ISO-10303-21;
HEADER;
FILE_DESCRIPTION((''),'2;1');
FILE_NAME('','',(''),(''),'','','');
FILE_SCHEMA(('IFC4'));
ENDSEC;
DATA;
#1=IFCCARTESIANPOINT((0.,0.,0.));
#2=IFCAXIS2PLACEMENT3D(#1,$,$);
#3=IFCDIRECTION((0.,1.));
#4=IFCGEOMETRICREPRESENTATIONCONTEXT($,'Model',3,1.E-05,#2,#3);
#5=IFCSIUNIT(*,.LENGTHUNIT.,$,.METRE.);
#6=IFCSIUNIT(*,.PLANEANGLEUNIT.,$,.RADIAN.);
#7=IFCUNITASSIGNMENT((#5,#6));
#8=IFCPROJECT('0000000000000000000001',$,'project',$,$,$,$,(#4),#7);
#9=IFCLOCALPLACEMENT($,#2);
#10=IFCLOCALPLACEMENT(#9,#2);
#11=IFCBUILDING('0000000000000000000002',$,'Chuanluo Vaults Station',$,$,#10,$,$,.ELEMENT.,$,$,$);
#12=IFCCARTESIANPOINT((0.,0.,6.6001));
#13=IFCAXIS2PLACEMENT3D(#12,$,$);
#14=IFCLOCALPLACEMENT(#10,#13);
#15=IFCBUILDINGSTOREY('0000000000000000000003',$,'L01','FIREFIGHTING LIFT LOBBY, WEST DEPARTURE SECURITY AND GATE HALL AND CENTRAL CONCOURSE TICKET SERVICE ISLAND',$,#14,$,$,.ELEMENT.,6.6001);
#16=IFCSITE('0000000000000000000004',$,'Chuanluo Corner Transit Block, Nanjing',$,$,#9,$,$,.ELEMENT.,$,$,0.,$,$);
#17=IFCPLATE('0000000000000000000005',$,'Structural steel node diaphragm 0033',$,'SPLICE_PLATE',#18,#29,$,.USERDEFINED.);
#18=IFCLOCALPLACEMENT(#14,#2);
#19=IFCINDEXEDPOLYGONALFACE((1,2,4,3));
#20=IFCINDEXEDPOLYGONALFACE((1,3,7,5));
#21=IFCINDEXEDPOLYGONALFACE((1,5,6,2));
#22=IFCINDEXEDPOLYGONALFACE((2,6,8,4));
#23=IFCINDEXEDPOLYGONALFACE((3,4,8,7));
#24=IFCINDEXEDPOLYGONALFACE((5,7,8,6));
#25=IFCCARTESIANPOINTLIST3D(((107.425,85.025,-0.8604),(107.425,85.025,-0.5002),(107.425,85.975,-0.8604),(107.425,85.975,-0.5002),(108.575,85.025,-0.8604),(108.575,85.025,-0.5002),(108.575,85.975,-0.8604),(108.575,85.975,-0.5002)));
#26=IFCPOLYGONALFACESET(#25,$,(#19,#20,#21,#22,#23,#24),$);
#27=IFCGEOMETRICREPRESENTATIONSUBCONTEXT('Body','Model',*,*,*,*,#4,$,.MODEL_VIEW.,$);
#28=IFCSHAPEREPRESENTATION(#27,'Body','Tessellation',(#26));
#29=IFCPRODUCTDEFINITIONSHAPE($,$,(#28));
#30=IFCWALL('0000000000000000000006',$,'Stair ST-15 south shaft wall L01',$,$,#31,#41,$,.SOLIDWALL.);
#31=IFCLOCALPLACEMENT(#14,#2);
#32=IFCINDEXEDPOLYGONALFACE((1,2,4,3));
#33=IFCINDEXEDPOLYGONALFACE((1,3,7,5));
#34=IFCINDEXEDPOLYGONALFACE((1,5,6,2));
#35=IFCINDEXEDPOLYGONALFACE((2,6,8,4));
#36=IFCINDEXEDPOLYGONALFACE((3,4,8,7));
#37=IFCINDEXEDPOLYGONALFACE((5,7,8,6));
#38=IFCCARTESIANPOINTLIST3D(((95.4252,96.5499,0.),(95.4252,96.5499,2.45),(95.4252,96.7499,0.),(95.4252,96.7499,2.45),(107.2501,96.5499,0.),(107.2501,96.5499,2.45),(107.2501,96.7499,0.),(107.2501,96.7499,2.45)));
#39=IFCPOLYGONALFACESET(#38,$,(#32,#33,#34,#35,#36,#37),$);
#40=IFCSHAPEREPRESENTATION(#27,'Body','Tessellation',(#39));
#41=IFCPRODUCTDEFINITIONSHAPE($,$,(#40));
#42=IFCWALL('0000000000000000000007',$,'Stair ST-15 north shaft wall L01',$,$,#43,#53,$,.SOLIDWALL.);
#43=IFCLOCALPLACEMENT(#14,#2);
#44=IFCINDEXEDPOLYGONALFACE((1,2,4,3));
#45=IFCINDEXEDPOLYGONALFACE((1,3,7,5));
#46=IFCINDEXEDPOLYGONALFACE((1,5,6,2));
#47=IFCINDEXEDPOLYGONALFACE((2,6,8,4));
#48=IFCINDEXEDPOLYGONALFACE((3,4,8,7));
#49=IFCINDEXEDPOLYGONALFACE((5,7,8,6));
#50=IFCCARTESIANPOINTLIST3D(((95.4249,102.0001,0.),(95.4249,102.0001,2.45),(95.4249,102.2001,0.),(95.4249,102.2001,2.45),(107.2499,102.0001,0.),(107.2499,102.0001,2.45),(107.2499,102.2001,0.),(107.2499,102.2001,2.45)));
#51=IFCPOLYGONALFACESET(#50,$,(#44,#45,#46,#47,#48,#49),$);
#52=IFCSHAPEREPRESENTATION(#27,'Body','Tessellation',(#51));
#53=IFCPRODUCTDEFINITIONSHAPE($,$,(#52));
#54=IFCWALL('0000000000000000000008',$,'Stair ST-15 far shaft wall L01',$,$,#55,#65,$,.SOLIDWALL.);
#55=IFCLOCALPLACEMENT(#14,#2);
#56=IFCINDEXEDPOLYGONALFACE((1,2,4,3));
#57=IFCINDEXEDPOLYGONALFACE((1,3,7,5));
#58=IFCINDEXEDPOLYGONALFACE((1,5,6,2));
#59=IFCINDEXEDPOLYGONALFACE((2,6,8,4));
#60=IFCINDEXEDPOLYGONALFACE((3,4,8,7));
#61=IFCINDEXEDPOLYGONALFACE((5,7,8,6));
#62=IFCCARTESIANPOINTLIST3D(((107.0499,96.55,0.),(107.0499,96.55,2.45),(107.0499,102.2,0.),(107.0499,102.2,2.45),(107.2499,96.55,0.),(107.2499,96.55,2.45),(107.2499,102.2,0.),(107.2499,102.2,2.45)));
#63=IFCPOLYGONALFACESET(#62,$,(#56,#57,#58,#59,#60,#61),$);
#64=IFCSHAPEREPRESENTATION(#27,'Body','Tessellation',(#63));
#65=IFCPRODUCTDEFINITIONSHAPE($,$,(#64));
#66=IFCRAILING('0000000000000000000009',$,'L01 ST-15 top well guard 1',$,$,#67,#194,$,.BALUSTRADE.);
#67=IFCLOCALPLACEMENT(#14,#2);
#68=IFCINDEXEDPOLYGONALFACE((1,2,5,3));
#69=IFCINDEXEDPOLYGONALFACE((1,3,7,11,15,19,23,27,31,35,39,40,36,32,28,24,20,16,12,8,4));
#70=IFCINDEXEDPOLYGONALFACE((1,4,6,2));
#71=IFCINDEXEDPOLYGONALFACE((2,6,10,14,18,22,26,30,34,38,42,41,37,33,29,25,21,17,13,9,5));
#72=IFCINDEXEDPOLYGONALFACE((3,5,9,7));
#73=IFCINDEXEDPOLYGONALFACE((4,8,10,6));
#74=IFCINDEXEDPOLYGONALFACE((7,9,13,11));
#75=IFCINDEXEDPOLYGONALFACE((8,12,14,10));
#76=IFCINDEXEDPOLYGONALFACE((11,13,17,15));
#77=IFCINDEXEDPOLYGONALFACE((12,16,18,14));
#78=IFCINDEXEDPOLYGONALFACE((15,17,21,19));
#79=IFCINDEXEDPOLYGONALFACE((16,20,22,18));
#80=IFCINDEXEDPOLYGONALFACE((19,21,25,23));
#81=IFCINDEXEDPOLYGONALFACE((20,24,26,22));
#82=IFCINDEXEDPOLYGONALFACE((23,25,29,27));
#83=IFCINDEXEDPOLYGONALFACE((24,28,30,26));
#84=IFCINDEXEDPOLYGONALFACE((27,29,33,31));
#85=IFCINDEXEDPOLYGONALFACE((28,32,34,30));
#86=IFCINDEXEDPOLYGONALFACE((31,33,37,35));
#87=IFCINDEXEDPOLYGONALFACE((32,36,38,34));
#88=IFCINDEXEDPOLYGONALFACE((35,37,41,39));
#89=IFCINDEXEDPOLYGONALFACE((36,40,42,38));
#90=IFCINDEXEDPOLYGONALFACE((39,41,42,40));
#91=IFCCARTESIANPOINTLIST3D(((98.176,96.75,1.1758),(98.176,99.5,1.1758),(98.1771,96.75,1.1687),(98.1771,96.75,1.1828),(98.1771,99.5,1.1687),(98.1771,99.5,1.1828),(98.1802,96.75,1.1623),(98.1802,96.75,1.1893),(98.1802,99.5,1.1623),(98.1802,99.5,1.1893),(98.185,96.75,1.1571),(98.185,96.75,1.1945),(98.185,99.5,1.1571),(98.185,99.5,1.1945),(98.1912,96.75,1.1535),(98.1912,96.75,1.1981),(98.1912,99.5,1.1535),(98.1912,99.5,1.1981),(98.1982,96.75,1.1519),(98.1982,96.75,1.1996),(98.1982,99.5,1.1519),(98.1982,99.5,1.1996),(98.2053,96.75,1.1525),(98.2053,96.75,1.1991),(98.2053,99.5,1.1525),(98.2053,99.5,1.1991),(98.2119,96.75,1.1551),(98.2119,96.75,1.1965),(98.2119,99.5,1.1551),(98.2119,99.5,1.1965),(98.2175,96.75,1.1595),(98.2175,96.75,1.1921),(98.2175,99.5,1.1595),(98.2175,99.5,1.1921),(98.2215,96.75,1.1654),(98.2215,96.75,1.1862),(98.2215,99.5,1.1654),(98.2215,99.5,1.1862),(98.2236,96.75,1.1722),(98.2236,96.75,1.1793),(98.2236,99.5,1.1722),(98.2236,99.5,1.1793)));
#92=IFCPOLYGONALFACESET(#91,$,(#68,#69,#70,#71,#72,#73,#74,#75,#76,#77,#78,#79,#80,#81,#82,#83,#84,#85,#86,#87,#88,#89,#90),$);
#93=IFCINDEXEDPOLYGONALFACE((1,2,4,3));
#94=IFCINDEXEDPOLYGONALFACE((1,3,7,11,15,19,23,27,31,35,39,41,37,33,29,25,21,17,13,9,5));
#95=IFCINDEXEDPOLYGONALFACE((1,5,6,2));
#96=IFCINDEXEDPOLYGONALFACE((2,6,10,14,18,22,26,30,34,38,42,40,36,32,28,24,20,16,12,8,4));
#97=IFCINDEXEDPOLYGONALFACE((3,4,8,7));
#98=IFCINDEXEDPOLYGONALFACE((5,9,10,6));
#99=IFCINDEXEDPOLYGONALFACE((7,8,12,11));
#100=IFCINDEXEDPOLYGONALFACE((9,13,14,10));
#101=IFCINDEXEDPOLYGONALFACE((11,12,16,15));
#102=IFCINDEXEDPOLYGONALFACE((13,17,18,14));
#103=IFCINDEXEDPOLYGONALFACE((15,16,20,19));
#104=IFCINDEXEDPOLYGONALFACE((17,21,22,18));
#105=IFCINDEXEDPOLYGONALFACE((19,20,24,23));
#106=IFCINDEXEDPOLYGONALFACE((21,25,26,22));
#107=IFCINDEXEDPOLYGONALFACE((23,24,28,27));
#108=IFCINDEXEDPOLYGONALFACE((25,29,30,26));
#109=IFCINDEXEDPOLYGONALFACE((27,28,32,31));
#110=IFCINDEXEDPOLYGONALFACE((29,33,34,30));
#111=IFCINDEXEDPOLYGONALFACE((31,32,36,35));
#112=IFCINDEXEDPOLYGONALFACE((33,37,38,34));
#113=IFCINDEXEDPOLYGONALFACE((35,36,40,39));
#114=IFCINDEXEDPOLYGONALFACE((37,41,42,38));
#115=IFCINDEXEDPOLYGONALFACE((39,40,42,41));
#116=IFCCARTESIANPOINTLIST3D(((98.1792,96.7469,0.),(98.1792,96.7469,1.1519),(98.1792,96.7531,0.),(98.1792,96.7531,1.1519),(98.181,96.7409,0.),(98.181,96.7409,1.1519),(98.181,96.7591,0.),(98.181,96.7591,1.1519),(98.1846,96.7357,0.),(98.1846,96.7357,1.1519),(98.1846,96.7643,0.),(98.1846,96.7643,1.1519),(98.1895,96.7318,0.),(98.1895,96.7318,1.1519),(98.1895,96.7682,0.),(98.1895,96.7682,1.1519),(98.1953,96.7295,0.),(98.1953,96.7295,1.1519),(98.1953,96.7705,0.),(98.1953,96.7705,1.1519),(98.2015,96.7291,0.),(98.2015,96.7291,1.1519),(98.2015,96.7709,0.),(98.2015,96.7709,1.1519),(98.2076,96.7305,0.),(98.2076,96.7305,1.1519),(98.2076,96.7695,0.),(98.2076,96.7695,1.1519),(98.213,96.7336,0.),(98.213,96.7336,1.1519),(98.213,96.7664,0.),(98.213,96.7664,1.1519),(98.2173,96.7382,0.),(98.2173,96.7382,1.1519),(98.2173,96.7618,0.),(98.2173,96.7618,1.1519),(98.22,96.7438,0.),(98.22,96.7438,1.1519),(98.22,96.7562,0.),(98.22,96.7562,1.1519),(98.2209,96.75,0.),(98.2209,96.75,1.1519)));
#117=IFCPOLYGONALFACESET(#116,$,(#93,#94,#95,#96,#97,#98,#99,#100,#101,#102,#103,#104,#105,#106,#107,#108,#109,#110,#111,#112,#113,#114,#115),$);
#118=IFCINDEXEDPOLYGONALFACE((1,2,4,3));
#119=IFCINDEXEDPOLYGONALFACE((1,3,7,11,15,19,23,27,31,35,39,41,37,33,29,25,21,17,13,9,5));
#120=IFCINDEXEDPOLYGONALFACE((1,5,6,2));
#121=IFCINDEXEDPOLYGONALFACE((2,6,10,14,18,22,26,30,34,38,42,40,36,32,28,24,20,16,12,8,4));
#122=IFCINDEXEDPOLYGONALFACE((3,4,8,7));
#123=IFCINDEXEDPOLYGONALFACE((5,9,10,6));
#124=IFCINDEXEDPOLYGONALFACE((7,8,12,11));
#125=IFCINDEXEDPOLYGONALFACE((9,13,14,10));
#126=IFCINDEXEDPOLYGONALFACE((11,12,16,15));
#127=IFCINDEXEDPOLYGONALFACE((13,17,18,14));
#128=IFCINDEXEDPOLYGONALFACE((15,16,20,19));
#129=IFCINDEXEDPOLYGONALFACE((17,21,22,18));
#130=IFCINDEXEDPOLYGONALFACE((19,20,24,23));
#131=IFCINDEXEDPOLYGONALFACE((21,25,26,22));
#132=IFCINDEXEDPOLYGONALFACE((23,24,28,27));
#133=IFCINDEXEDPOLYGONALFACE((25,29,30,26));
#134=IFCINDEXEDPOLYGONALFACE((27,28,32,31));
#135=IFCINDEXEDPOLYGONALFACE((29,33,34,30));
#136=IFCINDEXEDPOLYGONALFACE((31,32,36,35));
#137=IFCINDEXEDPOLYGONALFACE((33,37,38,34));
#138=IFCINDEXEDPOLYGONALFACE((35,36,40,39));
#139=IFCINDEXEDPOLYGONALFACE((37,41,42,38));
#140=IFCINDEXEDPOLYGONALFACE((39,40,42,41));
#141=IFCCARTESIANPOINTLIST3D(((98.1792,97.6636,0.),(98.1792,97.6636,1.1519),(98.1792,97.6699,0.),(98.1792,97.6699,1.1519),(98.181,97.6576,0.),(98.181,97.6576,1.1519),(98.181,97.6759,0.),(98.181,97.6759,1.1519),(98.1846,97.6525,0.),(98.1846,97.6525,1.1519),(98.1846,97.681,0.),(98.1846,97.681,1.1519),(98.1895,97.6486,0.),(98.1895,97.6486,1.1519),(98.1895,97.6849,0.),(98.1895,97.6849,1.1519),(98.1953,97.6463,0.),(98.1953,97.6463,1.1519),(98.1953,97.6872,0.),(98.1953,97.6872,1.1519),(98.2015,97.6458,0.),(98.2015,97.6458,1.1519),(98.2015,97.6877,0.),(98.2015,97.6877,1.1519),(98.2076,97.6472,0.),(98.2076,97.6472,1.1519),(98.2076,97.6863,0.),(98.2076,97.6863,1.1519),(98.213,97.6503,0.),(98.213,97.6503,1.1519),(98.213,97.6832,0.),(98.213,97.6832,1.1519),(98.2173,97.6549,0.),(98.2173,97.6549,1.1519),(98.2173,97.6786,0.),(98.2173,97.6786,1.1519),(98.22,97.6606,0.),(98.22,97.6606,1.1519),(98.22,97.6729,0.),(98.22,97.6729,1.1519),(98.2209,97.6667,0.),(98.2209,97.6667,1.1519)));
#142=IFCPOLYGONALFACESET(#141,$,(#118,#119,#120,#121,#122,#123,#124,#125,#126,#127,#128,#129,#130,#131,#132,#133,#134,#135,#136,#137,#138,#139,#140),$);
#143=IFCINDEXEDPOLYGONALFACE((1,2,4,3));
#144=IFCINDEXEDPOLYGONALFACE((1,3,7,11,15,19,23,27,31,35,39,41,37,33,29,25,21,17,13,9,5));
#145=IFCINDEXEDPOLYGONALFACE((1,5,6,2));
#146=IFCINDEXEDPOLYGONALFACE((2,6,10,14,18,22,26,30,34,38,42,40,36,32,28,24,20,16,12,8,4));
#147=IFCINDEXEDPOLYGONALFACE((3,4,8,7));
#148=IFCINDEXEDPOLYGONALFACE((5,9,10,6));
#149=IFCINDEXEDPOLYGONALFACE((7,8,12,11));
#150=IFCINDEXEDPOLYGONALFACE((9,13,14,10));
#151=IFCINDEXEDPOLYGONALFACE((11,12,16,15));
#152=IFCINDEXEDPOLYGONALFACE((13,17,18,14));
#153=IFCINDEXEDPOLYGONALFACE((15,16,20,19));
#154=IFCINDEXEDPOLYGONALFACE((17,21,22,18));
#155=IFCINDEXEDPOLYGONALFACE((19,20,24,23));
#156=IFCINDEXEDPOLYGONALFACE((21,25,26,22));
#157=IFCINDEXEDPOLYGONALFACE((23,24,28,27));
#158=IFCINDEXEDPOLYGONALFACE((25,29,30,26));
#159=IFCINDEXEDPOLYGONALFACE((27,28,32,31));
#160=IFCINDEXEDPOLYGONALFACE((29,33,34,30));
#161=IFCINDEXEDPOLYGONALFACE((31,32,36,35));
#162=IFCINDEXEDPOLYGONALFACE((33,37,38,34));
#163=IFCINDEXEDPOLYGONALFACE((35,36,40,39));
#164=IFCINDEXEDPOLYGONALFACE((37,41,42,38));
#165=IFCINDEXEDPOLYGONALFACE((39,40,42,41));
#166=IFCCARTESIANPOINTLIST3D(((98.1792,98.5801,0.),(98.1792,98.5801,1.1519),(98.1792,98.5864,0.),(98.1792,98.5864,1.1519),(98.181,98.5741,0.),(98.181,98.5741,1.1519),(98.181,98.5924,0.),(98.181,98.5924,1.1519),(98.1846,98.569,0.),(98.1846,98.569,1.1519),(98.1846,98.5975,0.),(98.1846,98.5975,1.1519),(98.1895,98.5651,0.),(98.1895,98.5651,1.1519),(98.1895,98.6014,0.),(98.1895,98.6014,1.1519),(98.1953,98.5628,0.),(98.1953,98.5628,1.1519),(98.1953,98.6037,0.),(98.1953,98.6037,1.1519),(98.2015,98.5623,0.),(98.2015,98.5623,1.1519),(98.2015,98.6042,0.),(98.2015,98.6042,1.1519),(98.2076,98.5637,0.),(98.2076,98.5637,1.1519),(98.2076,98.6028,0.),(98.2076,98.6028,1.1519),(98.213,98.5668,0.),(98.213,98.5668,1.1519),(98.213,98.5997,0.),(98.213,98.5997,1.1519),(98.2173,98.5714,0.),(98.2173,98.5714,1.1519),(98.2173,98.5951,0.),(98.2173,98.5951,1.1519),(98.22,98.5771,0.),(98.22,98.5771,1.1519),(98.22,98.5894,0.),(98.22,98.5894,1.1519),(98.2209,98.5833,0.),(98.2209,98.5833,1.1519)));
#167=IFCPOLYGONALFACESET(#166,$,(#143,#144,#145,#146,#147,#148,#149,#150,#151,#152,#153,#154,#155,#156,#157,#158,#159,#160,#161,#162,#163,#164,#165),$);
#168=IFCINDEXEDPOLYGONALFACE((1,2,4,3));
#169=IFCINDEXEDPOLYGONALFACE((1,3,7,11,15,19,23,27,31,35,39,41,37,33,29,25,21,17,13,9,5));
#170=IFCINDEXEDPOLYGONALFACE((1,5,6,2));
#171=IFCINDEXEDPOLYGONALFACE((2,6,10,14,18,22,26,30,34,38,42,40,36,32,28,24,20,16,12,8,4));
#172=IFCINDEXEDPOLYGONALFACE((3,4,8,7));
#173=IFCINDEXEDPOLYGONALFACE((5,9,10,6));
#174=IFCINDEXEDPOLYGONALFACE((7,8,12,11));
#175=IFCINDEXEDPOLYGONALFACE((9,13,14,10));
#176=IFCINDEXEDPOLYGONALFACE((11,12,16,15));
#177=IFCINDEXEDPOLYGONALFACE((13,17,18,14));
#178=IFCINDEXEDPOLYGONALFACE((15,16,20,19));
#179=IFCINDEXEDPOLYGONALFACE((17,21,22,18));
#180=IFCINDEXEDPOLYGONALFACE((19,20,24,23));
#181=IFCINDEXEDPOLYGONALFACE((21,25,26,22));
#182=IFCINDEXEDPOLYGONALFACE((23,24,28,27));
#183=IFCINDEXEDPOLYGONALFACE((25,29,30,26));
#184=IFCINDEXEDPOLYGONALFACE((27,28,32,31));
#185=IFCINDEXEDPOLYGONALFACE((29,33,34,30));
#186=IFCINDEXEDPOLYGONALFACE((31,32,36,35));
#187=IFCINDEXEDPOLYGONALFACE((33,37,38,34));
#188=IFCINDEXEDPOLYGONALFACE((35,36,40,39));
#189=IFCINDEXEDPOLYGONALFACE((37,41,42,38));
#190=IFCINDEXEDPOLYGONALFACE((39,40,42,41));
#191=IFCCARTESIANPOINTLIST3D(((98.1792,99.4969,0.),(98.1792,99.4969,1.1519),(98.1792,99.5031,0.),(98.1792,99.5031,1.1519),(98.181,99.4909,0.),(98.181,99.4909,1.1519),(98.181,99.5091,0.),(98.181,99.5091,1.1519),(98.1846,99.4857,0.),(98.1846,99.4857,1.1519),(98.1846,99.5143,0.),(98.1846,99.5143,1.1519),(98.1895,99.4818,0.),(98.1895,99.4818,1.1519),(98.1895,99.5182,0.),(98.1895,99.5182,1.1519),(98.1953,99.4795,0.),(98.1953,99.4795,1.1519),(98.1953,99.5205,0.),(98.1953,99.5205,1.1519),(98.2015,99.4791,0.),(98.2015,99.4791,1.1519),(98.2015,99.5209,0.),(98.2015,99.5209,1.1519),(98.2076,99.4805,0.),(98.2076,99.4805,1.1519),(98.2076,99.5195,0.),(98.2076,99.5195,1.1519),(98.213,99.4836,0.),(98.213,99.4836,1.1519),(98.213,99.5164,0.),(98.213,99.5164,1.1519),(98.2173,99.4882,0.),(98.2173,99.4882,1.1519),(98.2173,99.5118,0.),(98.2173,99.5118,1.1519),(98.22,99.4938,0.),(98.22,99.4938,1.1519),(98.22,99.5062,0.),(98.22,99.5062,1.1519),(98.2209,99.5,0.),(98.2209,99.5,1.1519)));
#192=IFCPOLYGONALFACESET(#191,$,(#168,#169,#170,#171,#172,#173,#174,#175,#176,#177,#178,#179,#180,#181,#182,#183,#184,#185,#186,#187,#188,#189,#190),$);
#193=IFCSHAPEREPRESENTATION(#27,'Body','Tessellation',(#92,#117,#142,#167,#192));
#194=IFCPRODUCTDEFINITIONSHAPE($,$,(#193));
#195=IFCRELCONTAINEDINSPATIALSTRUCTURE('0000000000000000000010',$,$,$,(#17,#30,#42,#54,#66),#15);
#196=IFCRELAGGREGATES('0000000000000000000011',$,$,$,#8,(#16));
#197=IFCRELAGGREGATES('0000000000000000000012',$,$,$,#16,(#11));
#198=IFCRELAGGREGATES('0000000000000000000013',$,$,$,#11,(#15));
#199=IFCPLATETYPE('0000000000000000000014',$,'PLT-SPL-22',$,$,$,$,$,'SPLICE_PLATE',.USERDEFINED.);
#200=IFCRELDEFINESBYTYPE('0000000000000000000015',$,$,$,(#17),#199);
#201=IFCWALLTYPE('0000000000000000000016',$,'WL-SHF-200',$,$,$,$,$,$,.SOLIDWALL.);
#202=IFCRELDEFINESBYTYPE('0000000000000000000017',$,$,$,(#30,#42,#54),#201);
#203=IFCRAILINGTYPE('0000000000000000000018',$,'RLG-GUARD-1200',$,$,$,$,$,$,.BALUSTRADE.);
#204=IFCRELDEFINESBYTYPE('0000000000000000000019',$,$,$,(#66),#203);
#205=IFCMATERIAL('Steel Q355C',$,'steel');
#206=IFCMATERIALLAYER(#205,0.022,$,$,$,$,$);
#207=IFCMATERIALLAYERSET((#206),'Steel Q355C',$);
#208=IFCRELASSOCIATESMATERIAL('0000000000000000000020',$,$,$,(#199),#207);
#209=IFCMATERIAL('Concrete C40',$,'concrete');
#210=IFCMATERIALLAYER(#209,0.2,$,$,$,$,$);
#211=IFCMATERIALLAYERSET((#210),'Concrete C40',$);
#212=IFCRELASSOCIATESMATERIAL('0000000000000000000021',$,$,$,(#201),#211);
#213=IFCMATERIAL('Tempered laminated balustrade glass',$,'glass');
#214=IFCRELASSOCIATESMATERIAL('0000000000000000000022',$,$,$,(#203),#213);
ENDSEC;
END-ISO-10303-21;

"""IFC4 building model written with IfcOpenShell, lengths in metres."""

from ifc_helpers import new_model, si_unit, direction, frame, frame_2d, origin, origin_2d, place, context, subcontext, project, spatial, rectangle, circle, extrude, material, layer, layer_set, type_object, element, save


model = new_model("IFC4")

# Units and contexts
model_context = context("Model", 3, precision=1e-05, world=origin(), true_north=direction((0.0, 1.0)))
body_context = subcontext(model_context, "Body", "Model", "MODEL_VIEW")
ifc_project = project(units=[si_unit("LENGTHUNIT", "METRE"), si_unit("PLANEANGLEUNIT", "RADIAN")], contexts=[model_context])

# Site, building, storey
site_placement = place(None, origin())
site = spatial("IfcSite", under=ifc_project, at=site_placement, Name="Chuanluo Corner Transit Block, Nanjing", CompositionType="ELEMENT", RefElevation=0.0)
building_placement = place(site_placement, origin())
building = spatial("IfcBuilding", under=site, at=building_placement, Name="Chuanluo Vaults Station", CompositionType="ELEMENT")
storey_placement = place(building_placement, frame((0.0, 0.0, 6.6001)))
storey = spatial("IfcBuildingStorey", under=building, at=storey_placement, Name="L01", Description="FIREFIGHTING LIFT LOBBY, WEST DEPARTURE SECURITY AND GATE HALL AND CENTRAL CONCOURSE TICKET SERVICE ISLAND", CompositionType="ELEMENT", Elevation=6.6001)

# Plate
ifc_material_1 = material(Name="Steel Q355C", Category="steel")
ifc_layer_1 = layer(ifc_material_1, 0.022)
ifc_layer_set_1 = layer_set([ifc_layer_1], Name="Steel Q355C")
plate_type_1 = type_object("IfcPlateType", Name="PLT-SPL-22", ElementType="SPLICE_PLATE", PredefinedType="USERDEFINED", material=ifc_layer_set_1)
plate_placement = place(storey_placement, frame((108.0, 85.5, -0.8604), z_axis=(0.0, 0.0, 1.0), x_axis=(1.0, 0.0, 0.0)))
element("IfcPlate", 1, at=plate_placement, inside=storey, type_object=plate_type_1, Name="Structural steel node diaphragm 0033", ObjectType="SPLICE_PLATE", PredefinedType="USERDEFINED", context=body_context, shape_type="SweptSolid", body=[
    extrude(rectangle(XDim=1.1499, YDim=0.95, at=origin_2d()), origin(), (0.0, 0.0, 1.0), 0.3601),
])

# Walls
ifc_material_2 = material(Name="Concrete C40", Category="concrete")
ifc_layer_2 = layer(ifc_material_2, 0.2)
ifc_layer_set_2 = layer_set([ifc_layer_2], Name="Concrete C40")
wall_type = type_object("IfcWallType", Name="WL-SHF-200", PredefinedType="SOLIDWALL", material=ifc_layer_set_2)
for number, where, z_axis, x_axis, name in (
    (2, (95.425, 96.6499, 0.0), (0.0, 0.0, 1.0), (1.0, 0.0, 0.0), "Stair ST-15 south shaft wall L01"),
    (3, (107.25, 102.1001, 0.0), (0.0, 0.0, 1.0), (-1.0, 0.0, 0.0), "Stair ST-15 north shaft wall L01"),
):
    element("IfcWall", number, at=place(storey_placement, frame(where, z_axis=z_axis, x_axis=x_axis)), inside=storey, type_object=wall_type, Name=name, PredefinedType="SOLIDWALL", context=body_context, shape_type="SweptSolid", body=[
        extrude(rectangle(XDim=11.825, YDim=0.2, at=frame_2d((5.9126, 0.0))), origin(), (0.0, 0.0, 1.0), 2.45),
    ])
wall_1_placement = place(storey_placement, frame((107.1499, 96.55, 0.0), z_axis=(0.0, 0.0, 1.0), x_axis=(0.0, 1.0, 0.0)))
element("IfcWall", 4, at=wall_1_placement, inside=storey, type_object=wall_type, Name="Stair ST-15 far shaft wall L01", PredefinedType="SOLIDWALL", context=body_context, shape_type="SweptSolid", body=[
    extrude(rectangle(XDim=5.6499, YDim=0.2, at=frame_2d((2.825, 0.0))), origin(), (0.0, 0.0, 1.0), 2.45),
])

# Railing
ifc_material_3 = material(Name="Tempered laminated balustrade glass", Category="glass")
railing_type = type_object("IfcRailingType", Name="RLG-GUARD-1200", PredefinedType="BALUSTRADE", material=ifc_material_3)
railing_placement = place(storey_placement, frame((98.2, 96.75, 0.0)))
element("IfcRailing", 5, at=railing_placement, inside=storey, type_object=railing_type, Name="L01 ST-15 top well guard 1", PredefinedType="BALUSTRADE", context=body_context, shape_type="SweptSolid", body=[
    extrude(circle(Radius=0.0239, at=origin_2d()), frame((0.0, 0.0, 1.1758), z_axis=(0.0, 1.0, 0.0), x_axis=(-1.0, 0.0, 0.0)), (0.0, 0.0, 1.0), 2.75),
    extrude(circle(Radius=0.021, at=origin_2d()), origin(), (0.0, 0.0, 1.0), 1.1519),
    extrude(circle(Radius=0.021, at=origin_2d()), frame((0.0, 0.9167, 0.0)), (0.0, 0.0, 1.0), 1.1519),
    extrude(circle(Radius=0.021, at=origin_2d()), frame((0.0, 1.8333, 0.0)), (0.0, 0.0, 1.0), 1.1519),
    extrude(circle(Radius=0.021, at=origin_2d()), frame((0.0, 2.75, 0.0)), (0.0, 0.0, 1.0), 1.1519),
])

save(model, "model.ifc")
